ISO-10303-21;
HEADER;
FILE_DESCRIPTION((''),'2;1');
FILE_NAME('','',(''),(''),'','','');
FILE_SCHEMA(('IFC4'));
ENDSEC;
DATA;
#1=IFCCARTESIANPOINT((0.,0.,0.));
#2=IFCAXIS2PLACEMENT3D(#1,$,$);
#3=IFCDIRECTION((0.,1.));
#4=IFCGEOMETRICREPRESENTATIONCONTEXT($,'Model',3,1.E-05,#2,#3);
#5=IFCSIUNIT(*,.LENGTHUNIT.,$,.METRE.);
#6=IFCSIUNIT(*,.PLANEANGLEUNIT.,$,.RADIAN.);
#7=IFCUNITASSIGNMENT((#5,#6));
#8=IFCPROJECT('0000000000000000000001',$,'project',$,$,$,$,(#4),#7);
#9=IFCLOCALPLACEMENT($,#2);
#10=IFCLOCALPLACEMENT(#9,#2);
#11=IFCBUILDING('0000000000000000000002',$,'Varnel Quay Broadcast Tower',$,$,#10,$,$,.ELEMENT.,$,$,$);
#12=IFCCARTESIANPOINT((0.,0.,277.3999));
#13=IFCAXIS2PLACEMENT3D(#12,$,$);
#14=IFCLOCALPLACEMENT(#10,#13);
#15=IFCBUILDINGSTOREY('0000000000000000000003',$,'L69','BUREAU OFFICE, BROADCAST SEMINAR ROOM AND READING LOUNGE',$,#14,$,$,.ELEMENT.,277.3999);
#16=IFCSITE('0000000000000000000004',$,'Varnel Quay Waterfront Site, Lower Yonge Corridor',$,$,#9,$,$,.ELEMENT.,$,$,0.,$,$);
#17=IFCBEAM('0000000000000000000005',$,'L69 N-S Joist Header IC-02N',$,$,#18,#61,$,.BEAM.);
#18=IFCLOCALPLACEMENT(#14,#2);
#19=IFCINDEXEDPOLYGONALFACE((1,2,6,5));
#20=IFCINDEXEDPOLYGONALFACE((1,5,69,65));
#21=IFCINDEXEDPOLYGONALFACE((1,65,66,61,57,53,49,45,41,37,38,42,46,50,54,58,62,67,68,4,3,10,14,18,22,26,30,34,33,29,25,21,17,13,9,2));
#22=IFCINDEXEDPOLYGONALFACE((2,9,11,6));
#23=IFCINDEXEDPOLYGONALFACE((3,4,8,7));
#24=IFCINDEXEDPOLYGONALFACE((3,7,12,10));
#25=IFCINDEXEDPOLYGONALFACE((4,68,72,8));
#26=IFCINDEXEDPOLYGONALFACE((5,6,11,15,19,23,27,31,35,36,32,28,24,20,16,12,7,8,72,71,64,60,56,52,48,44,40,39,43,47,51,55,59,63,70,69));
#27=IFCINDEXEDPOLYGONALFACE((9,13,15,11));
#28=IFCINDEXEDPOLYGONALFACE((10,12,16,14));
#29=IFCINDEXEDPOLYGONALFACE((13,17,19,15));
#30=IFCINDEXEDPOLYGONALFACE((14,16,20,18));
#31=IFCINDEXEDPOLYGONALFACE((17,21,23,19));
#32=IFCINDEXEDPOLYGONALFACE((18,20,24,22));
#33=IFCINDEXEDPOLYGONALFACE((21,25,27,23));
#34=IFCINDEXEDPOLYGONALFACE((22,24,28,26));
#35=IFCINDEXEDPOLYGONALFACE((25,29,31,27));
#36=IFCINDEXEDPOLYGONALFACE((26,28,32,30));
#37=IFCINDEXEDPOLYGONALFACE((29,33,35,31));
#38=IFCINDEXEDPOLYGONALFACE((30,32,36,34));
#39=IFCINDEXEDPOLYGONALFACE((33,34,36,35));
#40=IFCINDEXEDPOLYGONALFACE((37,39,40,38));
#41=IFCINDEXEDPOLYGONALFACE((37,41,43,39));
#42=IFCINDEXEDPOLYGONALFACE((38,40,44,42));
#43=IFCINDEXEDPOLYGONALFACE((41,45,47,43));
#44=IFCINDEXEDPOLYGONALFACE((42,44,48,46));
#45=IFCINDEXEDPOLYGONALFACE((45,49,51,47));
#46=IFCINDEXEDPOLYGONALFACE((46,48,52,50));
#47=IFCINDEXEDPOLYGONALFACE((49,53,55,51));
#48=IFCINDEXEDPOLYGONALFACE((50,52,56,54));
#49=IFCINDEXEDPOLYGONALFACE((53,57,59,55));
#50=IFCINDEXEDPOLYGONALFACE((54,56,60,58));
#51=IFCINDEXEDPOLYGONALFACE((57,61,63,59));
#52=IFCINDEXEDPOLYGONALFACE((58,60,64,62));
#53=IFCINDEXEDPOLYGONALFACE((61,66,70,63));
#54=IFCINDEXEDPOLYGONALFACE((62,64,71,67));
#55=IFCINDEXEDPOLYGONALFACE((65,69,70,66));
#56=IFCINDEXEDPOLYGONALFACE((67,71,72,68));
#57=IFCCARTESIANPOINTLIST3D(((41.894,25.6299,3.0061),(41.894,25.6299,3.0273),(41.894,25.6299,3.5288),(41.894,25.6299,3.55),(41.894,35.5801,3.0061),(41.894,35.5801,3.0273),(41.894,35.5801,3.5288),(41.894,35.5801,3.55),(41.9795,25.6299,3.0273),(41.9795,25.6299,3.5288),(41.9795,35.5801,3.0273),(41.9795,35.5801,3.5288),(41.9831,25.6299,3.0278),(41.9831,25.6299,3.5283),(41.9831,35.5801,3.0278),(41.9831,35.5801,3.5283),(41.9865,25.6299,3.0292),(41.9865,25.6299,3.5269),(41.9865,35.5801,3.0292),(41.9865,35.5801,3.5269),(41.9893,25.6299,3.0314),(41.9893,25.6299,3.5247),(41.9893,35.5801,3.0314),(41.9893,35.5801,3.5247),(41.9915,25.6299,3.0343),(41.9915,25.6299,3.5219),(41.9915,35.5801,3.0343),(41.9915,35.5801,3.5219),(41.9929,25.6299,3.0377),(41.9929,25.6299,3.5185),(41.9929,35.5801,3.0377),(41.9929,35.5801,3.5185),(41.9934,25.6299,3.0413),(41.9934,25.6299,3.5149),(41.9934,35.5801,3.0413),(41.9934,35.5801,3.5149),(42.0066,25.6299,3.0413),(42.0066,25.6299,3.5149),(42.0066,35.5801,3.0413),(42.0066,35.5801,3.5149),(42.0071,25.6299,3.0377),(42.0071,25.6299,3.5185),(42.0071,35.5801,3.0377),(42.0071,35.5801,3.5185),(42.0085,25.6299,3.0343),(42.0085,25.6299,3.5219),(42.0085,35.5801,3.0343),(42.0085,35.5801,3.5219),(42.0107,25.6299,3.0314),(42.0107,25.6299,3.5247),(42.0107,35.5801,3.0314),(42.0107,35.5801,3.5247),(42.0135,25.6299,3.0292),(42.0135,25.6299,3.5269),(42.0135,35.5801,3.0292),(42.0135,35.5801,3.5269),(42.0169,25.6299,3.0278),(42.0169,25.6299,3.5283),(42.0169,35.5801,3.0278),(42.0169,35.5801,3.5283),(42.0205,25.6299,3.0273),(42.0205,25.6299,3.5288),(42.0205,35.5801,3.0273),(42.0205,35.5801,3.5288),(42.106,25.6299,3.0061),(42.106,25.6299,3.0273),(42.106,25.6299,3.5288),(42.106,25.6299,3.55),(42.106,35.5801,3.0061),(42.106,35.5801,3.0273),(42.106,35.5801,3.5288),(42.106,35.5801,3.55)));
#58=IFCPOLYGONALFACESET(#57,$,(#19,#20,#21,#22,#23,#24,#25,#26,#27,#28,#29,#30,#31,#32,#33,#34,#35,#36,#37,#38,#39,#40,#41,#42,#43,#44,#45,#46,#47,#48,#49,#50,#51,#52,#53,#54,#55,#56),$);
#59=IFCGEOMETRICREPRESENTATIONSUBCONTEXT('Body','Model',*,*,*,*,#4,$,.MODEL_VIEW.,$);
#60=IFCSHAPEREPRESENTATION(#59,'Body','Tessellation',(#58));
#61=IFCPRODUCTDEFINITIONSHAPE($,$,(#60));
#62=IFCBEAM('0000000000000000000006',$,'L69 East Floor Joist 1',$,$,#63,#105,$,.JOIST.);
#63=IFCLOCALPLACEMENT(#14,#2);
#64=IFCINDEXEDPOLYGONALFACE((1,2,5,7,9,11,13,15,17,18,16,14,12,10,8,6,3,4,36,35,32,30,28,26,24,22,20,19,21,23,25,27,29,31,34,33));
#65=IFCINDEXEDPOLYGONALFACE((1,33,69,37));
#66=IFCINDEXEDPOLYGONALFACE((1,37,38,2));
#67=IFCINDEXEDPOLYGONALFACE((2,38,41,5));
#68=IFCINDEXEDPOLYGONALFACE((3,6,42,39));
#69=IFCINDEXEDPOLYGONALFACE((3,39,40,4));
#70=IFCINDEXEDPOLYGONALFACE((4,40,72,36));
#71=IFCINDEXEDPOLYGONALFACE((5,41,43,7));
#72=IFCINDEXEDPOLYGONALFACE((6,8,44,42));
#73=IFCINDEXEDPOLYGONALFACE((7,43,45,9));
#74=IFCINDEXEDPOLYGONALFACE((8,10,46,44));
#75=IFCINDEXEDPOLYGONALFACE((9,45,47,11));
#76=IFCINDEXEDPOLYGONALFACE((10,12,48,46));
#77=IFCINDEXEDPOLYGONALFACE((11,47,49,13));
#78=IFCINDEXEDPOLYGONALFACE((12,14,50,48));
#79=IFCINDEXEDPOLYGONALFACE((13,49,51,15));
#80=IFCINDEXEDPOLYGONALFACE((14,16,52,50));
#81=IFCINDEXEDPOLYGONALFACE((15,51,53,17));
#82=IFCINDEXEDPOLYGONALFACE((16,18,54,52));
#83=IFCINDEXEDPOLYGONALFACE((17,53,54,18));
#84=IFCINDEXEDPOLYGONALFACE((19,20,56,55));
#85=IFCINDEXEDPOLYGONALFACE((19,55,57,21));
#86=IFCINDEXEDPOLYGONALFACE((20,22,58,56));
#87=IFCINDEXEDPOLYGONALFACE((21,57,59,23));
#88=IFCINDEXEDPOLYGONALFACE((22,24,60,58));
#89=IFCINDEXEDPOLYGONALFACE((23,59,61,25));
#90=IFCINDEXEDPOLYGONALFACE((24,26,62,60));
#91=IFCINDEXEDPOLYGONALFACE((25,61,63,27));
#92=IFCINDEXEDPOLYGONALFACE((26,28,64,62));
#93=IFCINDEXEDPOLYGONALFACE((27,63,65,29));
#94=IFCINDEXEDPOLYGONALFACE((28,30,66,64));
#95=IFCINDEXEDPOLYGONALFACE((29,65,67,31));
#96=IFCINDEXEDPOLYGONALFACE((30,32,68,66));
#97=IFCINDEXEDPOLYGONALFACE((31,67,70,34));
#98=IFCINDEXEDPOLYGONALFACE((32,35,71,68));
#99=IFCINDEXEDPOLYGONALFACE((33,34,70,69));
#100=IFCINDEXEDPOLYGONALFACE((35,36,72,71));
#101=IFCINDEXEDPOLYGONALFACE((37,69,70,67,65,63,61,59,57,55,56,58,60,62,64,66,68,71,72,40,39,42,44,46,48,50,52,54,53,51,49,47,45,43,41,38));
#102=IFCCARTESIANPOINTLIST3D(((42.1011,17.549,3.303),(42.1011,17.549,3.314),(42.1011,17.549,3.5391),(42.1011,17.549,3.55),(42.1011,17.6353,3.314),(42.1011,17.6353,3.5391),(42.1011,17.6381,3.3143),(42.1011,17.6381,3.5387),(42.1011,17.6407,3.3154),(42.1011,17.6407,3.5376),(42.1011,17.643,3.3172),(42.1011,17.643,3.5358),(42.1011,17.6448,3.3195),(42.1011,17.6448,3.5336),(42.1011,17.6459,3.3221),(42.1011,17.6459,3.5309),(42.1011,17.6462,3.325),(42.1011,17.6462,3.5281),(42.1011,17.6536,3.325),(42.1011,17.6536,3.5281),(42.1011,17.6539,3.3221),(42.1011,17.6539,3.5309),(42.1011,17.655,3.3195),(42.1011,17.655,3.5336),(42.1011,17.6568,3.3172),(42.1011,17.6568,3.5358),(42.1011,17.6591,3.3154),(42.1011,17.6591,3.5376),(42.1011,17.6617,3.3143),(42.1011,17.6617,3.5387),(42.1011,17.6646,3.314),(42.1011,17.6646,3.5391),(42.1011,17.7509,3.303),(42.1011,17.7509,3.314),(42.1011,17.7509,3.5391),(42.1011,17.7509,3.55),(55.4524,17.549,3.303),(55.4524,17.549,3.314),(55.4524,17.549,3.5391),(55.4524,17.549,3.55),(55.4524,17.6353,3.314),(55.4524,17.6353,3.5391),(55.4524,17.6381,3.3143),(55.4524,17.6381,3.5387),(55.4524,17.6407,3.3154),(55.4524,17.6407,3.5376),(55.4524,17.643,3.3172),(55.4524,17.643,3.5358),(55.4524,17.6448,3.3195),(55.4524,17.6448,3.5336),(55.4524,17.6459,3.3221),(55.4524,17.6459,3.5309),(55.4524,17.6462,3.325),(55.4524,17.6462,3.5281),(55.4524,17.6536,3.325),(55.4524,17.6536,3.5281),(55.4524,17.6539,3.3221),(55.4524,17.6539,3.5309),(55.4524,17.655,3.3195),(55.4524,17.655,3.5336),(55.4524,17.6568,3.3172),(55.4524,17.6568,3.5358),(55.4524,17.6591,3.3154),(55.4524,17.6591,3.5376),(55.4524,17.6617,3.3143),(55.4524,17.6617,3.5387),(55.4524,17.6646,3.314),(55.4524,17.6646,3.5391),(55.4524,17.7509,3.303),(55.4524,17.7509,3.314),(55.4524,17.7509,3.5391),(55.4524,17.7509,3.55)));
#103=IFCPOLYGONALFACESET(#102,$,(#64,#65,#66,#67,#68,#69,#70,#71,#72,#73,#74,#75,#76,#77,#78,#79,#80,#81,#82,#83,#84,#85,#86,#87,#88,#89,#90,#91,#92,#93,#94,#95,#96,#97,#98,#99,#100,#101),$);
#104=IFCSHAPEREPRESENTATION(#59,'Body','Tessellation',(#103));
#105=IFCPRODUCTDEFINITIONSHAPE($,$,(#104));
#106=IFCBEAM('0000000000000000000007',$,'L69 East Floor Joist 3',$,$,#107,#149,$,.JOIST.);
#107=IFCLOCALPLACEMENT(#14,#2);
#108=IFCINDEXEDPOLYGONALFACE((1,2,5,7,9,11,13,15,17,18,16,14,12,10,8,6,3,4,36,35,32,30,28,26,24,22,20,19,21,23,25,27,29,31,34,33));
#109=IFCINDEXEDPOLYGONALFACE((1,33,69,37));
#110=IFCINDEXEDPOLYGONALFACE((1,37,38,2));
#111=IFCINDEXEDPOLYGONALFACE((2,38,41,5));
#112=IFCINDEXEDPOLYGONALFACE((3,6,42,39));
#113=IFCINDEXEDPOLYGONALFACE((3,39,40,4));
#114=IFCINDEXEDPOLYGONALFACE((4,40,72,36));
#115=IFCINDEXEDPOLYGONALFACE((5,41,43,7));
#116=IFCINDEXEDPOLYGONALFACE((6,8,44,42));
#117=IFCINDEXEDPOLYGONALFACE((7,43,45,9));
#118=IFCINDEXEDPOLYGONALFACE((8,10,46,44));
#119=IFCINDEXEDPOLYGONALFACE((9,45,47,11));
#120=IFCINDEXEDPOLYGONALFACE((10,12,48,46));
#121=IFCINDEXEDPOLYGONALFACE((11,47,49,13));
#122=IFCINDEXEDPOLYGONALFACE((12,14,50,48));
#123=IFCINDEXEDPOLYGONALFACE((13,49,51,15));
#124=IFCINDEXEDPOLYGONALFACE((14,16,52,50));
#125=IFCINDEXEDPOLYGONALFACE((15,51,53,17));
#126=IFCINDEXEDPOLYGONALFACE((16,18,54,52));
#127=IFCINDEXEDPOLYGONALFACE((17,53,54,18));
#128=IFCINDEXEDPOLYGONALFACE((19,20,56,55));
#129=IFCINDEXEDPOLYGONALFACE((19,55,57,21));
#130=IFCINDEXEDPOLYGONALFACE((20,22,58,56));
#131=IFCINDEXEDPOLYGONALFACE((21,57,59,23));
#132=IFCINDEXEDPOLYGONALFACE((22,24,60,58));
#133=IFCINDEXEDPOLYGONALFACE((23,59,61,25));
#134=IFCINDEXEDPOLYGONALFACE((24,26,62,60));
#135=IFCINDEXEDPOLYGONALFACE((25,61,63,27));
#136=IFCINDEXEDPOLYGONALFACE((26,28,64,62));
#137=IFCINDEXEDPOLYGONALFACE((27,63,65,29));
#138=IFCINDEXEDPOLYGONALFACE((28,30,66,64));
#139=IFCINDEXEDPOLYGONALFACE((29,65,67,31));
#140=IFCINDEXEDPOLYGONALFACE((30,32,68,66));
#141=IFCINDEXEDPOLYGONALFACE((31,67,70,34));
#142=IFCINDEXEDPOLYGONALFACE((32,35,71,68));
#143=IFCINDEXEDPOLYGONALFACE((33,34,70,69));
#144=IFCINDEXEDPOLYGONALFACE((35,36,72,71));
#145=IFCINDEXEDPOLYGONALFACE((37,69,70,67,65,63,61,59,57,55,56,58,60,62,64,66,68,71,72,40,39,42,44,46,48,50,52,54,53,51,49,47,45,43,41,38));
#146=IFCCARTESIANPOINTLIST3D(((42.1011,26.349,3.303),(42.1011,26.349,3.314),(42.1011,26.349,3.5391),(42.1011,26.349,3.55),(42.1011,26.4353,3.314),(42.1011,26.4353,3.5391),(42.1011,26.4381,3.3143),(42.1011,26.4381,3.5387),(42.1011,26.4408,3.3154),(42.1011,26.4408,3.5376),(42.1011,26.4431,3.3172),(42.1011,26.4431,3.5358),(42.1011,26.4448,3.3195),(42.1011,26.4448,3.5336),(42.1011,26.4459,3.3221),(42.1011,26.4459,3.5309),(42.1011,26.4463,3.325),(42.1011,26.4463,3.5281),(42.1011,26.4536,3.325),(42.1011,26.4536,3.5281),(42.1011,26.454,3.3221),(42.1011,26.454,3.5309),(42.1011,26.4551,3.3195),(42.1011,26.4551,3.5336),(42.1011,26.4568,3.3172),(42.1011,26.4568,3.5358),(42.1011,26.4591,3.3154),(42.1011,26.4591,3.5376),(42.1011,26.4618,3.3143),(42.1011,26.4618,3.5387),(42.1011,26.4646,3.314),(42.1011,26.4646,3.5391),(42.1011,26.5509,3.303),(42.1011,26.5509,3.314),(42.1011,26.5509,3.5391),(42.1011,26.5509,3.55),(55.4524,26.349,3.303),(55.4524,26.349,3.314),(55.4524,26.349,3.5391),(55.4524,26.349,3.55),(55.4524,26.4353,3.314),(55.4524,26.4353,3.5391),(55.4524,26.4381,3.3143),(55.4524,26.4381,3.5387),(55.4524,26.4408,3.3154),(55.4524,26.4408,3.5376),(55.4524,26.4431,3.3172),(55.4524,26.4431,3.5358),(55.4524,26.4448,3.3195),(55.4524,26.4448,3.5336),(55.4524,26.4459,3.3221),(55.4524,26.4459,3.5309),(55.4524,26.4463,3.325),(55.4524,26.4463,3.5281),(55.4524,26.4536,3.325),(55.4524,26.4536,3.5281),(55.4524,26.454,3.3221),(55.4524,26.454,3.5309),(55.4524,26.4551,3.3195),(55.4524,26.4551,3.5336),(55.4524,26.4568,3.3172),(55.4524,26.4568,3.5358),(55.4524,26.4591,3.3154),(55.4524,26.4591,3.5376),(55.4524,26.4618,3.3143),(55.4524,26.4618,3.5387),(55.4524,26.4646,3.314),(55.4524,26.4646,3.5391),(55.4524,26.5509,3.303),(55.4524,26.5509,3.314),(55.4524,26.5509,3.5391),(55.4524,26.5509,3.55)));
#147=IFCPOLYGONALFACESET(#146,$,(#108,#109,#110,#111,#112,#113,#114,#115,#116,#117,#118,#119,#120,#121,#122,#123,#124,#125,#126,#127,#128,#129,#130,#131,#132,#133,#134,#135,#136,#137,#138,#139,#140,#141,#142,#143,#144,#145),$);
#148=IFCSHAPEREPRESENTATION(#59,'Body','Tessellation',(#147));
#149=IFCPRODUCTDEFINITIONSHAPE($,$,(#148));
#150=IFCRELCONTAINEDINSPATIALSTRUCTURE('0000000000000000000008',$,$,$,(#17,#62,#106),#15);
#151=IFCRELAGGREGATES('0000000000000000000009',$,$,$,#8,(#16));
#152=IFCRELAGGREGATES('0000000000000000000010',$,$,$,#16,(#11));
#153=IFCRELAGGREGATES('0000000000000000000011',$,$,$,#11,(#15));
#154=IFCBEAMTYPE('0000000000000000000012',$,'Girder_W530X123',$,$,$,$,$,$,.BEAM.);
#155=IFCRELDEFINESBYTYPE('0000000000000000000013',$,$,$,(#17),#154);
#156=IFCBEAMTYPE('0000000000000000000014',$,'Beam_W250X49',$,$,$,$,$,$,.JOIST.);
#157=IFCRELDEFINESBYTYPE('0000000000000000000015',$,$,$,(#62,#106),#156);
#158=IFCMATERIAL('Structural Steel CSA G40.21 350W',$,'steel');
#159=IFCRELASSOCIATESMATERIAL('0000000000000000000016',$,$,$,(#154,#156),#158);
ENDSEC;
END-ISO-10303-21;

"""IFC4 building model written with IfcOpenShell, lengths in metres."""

from ifc_helpers import new_model, si_unit, direction, frame, origin, origin_2d, place, context, subcontext, project, spatial, i_section, extrude, source, transform, mapped, material, material_profile, profile_set, type_object, type_shapes, element, save


model = new_model("IFC4")

# Units and contexts
model_context = context("Model", 3, precision=1e-05, world=origin(), true_north=direction((0.0, 1.0)))
body_context = subcontext(model_context, "Body", "Model", "MODEL_VIEW")
ifc_project = project(units=[si_unit("LENGTHUNIT", "METRE"), si_unit("PLANEANGLEUNIT", "RADIAN")], contexts=[model_context])

# Site, building, storey
site_placement = place(None, origin())
site = spatial("IfcSite", under=ifc_project, at=site_placement, Name="Varnel Quay Waterfront Site, Lower Yonge Corridor", CompositionType="ELEMENT", RefElevation=0.0)
building_placement = place(site_placement, origin())
building = spatial("IfcBuilding", under=site, at=building_placement, Name="Varnel Quay Broadcast Tower", CompositionType="ELEMENT")
storey_placement = place(building_placement, frame((0.0, 0.0, 277.3999)))
storey = spatial("IfcBuildingStorey", under=building, at=storey_placement, Name="L69", Description="BUREAU OFFICE, BROADCAST SEMINAR ROOM AND READING LOUNGE", CompositionType="ELEMENT", Elevation=277.3999)

# Shared definitions
ifc_material_1 = material(Name="Structural Steel CSA G40.21 350W", Category="steel")

# Beams
ifc_material_profile_1 = material_profile(ifc_material_1, i_section(OverallWidth=0.2119, OverallDepth=0.5439, WebThickness=0.0132, FlangeThickness=0.0212, FilletRadius=0.0139, at=origin_2d()), Name="W530X123")
ifc_profile_set_1 = profile_set([ifc_material_profile_1], Name="Structural Steel CSA G40.21 350W")
beam_type_1 = type_object("IfcBeamType", Name="Girder_W530X123", PredefinedType="BEAM", material=ifc_profile_set_1)
shared_shape_1 = source(origin(), body_context, "Body", "SweptSolid", [
    extrude(i_section(OverallWidth=0.2119, OverallDepth=0.5439, WebThickness=0.0132, FlangeThickness=0.0212, FilletRadius=0.0139, at=origin_2d()), origin(), (0.0, 0.0, 1.0), 9.9502),
])
beam_1_placement = place(storey_placement, frame((42.0, 25.6299, 3.2781), z_axis=(0.0, 1.0, 0.0), x_axis=(-1.0, 0.0, 0.0)))
element("IfcBeam", 1, at=beam_1_placement, inside=storey, type_object=beam_type_1, Name="L69 N-S Joist Header IC-02N", PredefinedType="BEAM", context=body_context, shape_type="MappedRepresentation", body=[
    mapped(shared_shape_1, transform((0.0, 0.0, 0.0), x_axis=(1.0, 0.0, 0.0), y_axis=(0.0, 1.0, 0.0), z_axis=(0.0, 0.0, 1.0), scale=1.0)),
])
ifc_material_profile_2 = material_profile(ifc_material_1, i_section(OverallWidth=0.2019, OverallDepth=0.2471, WebThickness=0.0073, FlangeThickness=0.011, FilletRadius=0.011, at=origin_2d()), Name="W250X49")
ifc_profile_set_2 = profile_set([ifc_material_profile_2], Name="Structural Steel CSA G40.21 350W")
beam_type_2 = type_object("IfcBeamType", Name="Beam_W250X49", PredefinedType="JOIST", material=ifc_profile_set_2)
shared_shape_2 = source(origin(), body_context, "Body", "SweptSolid", [
    extrude(i_section(OverallWidth=0.2019, OverallDepth=0.2471, WebThickness=0.0073, FlangeThickness=0.011, FilletRadius=0.011, at=origin_2d()), origin(), (0.0, 0.0, 1.0), 13.3513),
])
type_shapes(beam_type_2, [shared_shape_2])
for number, where, z_axis, x_axis, name in (
    (2, (42.1011, 17.6499, 3.4265), (1.0, 0.0, 0.0), (0.0, 1.0, 0.0), "L69 East Floor Joist 1"),
    (3, (42.1011, 26.45, 3.4265), (1.0, 0.0, 0.0), (0.0, 1.0, 0.0), "L69 East Floor Joist 3"),
):
    element("IfcBeam", number, at=place(storey_placement, frame(where, z_axis=z_axis, x_axis=x_axis)), inside=storey, type_object=beam_type_2, Name=name, PredefinedType="JOIST", context=body_context, shape_type="MappedRepresentation", body=[
        mapped(shared_shape_2, transform((0.0, 0.0, 0.0), x_axis=(1.0, 0.0, 0.0), y_axis=(0.0, 1.0, 0.0), z_axis=(0.0, 0.0, 1.0), scale=1.0)),
    ])

save(model, "model.ifc")
